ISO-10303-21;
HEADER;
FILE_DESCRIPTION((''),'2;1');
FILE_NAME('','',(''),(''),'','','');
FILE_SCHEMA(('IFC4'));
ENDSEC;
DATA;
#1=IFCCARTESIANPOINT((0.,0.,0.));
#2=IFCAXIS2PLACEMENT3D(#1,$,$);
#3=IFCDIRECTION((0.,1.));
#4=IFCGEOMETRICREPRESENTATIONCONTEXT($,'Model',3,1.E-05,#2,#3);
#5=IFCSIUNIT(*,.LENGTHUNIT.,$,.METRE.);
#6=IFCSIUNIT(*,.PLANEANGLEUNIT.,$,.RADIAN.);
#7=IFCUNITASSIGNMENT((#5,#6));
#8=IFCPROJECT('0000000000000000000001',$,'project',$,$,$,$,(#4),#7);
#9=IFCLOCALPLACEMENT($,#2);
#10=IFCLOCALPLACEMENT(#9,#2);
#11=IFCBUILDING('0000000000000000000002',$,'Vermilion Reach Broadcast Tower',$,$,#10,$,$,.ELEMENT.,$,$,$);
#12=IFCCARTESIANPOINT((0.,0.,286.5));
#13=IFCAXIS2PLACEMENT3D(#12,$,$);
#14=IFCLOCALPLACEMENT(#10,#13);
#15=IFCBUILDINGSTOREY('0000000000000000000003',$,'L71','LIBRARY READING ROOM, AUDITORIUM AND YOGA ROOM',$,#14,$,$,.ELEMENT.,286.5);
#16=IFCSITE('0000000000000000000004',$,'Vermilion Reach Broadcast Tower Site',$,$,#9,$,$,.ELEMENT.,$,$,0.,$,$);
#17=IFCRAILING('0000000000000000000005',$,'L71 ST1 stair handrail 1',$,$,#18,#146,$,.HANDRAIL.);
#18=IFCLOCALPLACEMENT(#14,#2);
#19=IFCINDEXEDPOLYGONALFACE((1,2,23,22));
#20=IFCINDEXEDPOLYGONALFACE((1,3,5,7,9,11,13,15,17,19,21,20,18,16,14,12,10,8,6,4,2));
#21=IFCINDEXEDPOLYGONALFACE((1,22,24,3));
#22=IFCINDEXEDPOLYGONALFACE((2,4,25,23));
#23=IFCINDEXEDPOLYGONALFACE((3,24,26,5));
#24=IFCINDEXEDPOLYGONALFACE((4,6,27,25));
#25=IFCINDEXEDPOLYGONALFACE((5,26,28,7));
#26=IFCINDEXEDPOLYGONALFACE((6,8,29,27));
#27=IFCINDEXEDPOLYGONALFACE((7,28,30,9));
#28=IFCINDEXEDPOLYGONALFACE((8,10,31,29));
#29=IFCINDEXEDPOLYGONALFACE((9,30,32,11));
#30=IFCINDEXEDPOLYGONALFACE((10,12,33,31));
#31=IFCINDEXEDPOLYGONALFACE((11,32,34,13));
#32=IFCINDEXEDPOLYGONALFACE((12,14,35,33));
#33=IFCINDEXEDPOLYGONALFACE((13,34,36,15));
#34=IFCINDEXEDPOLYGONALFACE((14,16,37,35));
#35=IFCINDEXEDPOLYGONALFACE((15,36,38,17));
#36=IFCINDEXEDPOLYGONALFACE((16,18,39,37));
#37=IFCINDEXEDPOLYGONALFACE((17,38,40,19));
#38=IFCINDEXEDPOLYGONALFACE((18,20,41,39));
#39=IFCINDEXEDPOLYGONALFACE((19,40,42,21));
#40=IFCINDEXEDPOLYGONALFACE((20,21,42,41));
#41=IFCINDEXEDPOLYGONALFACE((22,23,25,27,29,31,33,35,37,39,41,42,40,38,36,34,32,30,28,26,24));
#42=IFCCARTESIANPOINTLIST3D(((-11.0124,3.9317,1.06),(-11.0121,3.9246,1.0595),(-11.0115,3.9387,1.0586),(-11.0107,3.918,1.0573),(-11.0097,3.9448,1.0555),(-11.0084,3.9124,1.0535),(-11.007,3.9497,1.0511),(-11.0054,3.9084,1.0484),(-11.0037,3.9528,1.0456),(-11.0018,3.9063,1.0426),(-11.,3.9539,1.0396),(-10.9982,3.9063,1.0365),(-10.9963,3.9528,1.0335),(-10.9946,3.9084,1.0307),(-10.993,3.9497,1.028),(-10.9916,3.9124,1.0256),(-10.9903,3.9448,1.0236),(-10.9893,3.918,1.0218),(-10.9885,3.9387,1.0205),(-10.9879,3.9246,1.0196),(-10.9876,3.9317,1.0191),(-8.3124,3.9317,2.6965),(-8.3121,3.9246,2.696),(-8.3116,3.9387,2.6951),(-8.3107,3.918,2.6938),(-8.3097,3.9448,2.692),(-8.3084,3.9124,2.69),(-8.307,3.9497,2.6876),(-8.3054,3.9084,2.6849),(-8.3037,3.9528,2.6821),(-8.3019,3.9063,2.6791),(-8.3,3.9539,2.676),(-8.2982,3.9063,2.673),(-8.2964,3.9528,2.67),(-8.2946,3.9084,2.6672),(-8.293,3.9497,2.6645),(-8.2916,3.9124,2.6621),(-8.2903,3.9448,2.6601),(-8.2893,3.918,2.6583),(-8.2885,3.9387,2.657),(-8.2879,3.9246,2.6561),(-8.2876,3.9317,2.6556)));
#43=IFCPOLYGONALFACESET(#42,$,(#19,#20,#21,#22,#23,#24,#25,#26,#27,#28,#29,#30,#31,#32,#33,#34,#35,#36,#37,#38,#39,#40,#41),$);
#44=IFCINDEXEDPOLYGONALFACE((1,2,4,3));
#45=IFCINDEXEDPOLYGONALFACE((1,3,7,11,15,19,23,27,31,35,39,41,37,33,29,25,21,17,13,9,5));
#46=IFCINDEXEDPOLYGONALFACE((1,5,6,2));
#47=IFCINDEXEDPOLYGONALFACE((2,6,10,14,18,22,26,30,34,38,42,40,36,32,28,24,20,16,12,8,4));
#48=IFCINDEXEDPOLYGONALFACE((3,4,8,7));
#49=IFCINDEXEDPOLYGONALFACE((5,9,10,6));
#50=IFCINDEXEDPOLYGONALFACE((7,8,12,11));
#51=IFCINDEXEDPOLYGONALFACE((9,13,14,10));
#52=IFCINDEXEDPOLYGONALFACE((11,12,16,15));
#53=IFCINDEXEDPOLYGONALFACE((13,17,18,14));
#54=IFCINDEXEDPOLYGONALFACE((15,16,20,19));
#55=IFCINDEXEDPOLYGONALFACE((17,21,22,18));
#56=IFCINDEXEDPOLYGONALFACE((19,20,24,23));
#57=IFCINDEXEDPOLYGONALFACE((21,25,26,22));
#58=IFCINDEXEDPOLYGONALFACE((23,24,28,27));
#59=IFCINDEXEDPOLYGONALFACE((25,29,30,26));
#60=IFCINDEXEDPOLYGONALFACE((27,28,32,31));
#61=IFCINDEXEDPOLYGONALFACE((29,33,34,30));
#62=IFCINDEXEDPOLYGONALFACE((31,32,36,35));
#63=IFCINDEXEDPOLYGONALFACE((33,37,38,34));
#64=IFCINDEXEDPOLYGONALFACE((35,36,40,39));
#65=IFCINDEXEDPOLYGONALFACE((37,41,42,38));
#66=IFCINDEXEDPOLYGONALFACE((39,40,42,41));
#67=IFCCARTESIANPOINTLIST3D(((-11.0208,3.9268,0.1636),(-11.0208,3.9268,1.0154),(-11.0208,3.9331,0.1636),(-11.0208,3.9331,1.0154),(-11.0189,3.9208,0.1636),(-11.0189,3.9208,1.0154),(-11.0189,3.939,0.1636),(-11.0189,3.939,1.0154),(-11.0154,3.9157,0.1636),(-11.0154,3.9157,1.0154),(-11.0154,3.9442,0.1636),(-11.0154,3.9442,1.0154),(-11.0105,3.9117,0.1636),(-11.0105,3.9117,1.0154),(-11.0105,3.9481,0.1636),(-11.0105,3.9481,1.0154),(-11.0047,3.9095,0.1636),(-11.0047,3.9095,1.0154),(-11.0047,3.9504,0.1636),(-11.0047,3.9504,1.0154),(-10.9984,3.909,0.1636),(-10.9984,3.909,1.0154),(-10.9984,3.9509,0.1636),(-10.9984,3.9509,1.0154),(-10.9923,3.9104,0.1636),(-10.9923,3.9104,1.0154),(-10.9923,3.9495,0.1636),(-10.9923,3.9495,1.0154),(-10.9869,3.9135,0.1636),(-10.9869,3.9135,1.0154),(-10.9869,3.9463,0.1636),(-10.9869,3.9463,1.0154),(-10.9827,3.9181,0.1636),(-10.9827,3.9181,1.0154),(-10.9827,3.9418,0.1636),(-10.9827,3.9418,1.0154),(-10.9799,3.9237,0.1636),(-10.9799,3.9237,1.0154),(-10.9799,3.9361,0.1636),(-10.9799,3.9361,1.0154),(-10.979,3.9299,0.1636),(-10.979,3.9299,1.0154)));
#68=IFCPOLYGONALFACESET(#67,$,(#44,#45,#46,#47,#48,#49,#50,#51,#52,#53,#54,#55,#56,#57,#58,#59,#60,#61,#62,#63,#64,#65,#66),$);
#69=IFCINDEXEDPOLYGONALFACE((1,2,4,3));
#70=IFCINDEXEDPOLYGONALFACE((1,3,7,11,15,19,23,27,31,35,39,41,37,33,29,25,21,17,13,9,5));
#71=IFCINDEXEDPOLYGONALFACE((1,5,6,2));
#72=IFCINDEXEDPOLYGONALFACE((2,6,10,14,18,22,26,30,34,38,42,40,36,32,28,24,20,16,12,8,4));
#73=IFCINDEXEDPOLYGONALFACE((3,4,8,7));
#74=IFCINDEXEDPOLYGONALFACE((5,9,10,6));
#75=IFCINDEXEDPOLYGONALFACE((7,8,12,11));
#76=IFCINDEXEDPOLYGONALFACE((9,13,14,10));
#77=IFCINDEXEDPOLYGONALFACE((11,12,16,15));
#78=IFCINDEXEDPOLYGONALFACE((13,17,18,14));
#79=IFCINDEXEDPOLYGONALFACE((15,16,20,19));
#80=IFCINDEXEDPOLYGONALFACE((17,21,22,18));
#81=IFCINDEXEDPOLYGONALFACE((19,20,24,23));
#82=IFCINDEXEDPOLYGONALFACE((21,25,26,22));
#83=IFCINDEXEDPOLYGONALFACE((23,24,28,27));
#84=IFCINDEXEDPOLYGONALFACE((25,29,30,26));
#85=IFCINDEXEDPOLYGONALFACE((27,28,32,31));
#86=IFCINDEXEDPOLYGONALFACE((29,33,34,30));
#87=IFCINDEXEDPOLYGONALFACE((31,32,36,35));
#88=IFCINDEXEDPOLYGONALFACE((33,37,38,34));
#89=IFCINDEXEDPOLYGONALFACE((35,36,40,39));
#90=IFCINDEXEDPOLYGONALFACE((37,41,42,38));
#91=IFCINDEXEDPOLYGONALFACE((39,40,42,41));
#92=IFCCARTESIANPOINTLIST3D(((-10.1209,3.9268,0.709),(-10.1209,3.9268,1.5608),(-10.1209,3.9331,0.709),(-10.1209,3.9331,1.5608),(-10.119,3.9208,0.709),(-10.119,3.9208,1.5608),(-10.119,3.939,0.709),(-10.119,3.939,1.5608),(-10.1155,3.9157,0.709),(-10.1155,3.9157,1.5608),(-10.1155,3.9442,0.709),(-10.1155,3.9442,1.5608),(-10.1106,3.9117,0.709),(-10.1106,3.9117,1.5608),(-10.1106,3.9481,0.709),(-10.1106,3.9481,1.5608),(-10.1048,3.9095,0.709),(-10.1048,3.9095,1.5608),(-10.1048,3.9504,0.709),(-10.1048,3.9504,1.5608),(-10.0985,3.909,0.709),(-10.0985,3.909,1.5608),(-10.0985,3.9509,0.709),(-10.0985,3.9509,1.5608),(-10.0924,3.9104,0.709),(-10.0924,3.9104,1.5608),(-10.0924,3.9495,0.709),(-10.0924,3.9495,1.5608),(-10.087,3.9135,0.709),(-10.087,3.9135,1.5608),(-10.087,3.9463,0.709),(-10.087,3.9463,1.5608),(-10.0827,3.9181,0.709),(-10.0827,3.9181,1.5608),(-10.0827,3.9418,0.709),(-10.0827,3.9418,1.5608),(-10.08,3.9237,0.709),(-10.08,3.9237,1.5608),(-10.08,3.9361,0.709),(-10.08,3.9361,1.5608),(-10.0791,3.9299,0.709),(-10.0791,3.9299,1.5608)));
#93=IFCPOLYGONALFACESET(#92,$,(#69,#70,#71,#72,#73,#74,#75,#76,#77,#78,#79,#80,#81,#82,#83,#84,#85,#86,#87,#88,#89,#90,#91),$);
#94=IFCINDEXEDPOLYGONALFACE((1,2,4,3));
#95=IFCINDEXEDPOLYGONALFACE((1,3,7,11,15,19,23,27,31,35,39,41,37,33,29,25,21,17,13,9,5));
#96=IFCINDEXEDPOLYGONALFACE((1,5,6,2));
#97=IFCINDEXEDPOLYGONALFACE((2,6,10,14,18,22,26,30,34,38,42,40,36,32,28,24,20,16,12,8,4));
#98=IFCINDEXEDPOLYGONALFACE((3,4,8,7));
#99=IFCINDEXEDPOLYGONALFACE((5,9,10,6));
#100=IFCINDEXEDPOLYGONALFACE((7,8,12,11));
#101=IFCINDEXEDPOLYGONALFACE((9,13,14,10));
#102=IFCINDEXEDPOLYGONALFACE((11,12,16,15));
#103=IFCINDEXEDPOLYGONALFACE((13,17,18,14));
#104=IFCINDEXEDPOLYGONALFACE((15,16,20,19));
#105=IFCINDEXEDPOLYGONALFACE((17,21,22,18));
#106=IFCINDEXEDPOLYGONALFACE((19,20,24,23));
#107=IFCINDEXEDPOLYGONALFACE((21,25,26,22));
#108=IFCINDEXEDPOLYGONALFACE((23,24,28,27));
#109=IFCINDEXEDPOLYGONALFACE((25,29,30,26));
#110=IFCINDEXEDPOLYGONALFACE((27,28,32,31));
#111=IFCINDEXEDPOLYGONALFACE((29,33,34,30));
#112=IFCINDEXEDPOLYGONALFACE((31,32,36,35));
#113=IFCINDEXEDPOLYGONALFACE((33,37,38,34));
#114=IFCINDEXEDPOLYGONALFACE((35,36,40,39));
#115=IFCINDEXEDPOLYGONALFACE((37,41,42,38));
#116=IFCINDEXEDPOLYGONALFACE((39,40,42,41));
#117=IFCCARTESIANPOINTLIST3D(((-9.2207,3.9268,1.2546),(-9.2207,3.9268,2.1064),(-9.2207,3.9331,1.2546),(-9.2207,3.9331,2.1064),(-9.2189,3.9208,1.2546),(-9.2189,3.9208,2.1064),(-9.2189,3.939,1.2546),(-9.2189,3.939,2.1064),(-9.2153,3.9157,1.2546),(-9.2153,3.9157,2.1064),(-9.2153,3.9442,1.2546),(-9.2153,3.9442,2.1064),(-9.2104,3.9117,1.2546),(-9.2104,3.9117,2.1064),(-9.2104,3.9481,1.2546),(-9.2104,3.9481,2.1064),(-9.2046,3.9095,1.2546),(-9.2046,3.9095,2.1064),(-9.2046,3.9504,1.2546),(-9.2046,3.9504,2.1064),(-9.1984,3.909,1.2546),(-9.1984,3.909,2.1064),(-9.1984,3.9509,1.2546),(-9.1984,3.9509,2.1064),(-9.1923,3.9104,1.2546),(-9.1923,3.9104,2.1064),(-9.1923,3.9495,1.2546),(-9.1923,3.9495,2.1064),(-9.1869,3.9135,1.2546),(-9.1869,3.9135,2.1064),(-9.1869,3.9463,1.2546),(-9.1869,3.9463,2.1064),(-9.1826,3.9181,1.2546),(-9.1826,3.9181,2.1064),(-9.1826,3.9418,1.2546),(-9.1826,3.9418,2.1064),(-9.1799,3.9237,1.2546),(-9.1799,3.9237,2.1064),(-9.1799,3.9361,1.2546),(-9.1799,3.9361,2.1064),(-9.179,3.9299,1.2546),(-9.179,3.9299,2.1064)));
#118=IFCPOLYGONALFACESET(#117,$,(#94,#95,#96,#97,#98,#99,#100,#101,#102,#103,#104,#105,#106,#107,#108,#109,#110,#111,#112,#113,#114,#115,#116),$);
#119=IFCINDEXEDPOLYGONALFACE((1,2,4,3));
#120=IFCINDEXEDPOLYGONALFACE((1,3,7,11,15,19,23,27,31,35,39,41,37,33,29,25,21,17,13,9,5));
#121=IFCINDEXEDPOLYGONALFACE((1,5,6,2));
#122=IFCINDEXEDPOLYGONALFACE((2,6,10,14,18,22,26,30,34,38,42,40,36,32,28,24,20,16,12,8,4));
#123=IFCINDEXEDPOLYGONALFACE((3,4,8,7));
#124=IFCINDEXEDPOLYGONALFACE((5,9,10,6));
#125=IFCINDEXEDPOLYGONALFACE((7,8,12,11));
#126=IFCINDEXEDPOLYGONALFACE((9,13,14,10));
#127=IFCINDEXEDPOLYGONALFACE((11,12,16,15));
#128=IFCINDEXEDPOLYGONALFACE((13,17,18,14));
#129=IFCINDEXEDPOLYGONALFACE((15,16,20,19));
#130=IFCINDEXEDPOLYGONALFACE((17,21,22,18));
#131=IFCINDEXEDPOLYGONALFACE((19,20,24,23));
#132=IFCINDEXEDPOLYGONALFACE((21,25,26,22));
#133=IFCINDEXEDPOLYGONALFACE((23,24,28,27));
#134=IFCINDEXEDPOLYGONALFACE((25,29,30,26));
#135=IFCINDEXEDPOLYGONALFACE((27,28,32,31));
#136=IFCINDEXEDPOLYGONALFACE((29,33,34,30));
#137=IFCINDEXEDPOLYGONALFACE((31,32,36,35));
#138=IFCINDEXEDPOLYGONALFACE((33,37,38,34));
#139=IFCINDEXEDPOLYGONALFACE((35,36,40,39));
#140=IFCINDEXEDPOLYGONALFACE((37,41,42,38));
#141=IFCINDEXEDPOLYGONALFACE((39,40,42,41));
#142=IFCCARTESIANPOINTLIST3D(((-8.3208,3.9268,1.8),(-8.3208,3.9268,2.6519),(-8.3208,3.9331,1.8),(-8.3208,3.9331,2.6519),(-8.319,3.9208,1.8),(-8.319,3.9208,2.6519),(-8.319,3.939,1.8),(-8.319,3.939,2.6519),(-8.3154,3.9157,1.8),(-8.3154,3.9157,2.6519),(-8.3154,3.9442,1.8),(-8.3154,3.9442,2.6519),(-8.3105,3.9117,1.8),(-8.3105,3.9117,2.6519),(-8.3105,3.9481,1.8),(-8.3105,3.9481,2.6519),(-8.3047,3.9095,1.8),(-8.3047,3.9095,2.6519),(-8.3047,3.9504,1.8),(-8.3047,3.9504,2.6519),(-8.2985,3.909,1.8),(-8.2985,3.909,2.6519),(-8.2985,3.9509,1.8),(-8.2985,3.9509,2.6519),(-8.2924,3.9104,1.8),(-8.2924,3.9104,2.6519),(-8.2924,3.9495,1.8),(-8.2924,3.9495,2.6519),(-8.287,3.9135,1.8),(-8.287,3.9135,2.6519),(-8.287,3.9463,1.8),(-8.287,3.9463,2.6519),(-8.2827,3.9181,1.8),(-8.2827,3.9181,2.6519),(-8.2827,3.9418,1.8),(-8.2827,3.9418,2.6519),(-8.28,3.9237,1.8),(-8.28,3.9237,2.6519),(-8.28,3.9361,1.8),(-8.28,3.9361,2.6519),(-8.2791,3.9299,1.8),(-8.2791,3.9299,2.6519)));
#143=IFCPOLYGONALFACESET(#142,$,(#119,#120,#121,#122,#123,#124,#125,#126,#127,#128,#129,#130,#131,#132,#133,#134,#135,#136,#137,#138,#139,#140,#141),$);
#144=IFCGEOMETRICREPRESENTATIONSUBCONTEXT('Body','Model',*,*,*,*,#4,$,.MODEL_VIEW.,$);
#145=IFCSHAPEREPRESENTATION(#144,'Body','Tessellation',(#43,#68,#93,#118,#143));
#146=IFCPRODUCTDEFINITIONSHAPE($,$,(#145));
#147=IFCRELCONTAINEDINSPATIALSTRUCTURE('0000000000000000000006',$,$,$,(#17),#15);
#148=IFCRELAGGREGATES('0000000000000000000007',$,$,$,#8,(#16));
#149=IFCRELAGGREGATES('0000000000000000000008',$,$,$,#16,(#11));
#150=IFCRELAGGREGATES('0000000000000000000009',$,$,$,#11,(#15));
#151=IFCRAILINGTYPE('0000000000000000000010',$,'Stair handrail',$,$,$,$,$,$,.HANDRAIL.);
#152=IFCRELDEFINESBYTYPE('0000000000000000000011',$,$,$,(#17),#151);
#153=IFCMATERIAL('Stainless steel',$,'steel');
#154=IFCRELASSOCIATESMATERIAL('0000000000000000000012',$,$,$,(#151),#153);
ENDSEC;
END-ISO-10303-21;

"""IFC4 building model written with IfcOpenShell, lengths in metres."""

from ifc_helpers import new_model, si_unit, direction, frame, origin, origin_2d, place, context, subcontext, project, spatial, circle, extrude, material, type_object, element, save


model = new_model("IFC4")

# Units and contexts
model_context = context("Model", 3, precision=1e-05, world=origin(), true_north=direction((0.0, 1.0)))
body_context = subcontext(model_context, "Body", "Model", "MODEL_VIEW")
ifc_project = project(units=[si_unit("LENGTHUNIT", "METRE"), si_unit("PLANEANGLEUNIT", "RADIAN")], contexts=[model_context])

# Site, building, storey
site_placement = place(None, origin())
site = spatial("IfcSite", under=ifc_project, at=site_placement, Name="Vermilion Reach Broadcast Tower Site", CompositionType="ELEMENT", RefElevation=0.0)
building_placement = place(site_placement, origin())
building = spatial("IfcBuilding", under=site, at=building_placement, Name="Vermilion Reach Broadcast Tower", CompositionType="ELEMENT")
storey_placement = place(building_placement, frame((0.0, 0.0, 286.5)))
storey = spatial("IfcBuildingStorey", under=building, at=storey_placement, Name="L71", Description="LIBRARY READING ROOM, AUDITORIUM AND YOGA ROOM", CompositionType="ELEMENT", Elevation=286.5)

# Railing
ifc_material_1 = material(Name="Stainless steel", Category="steel")
railing_type_1 = type_object("IfcRailingType", Name="Stair handrail", PredefinedType="HANDRAIL", material=ifc_material_1)
railing_1_placement = place(storey_placement, frame((-11.0, 3.9299, 0.1636)))
element("IfcRailing", 1, at=railing_1_placement, inside=storey, type_object=railing_type_1, Name="L71 ST1 stair handrail 1", PredefinedType="HANDRAIL", context=body_context, shape_type="SweptSolid", body=[
    extrude(circle(Radius=0.0239, at=origin_2d()), frame((0.0, 0.0, 0.876), z_axis=(0.855178, 0.0, 0.518334), x_axis=(0.0, 1.0, 0.0)), (0.0, 0.0, 1.0), 3.1572),
    extrude(circle(Radius=0.021, at=origin_2d()), origin(), (0.0, 0.0, 1.0), 0.8518),
    extrude(circle(Radius=0.021, at=origin_2d()), frame((0.8999, 0.0, 0.5454)), (0.0, 0.0, 1.0), 0.8518),
    extrude(circle(Radius=0.021, at=origin_2d()), frame((1.8, 0.0, 1.0911)), (0.0, 0.0, 1.0), 0.8518),
    extrude(circle(Radius=0.021, at=origin_2d()), frame((2.7, 0.0, 1.6365)), (0.0, 0.0, 1.0), 0.8518),
])

save(model, "model.ifc")
